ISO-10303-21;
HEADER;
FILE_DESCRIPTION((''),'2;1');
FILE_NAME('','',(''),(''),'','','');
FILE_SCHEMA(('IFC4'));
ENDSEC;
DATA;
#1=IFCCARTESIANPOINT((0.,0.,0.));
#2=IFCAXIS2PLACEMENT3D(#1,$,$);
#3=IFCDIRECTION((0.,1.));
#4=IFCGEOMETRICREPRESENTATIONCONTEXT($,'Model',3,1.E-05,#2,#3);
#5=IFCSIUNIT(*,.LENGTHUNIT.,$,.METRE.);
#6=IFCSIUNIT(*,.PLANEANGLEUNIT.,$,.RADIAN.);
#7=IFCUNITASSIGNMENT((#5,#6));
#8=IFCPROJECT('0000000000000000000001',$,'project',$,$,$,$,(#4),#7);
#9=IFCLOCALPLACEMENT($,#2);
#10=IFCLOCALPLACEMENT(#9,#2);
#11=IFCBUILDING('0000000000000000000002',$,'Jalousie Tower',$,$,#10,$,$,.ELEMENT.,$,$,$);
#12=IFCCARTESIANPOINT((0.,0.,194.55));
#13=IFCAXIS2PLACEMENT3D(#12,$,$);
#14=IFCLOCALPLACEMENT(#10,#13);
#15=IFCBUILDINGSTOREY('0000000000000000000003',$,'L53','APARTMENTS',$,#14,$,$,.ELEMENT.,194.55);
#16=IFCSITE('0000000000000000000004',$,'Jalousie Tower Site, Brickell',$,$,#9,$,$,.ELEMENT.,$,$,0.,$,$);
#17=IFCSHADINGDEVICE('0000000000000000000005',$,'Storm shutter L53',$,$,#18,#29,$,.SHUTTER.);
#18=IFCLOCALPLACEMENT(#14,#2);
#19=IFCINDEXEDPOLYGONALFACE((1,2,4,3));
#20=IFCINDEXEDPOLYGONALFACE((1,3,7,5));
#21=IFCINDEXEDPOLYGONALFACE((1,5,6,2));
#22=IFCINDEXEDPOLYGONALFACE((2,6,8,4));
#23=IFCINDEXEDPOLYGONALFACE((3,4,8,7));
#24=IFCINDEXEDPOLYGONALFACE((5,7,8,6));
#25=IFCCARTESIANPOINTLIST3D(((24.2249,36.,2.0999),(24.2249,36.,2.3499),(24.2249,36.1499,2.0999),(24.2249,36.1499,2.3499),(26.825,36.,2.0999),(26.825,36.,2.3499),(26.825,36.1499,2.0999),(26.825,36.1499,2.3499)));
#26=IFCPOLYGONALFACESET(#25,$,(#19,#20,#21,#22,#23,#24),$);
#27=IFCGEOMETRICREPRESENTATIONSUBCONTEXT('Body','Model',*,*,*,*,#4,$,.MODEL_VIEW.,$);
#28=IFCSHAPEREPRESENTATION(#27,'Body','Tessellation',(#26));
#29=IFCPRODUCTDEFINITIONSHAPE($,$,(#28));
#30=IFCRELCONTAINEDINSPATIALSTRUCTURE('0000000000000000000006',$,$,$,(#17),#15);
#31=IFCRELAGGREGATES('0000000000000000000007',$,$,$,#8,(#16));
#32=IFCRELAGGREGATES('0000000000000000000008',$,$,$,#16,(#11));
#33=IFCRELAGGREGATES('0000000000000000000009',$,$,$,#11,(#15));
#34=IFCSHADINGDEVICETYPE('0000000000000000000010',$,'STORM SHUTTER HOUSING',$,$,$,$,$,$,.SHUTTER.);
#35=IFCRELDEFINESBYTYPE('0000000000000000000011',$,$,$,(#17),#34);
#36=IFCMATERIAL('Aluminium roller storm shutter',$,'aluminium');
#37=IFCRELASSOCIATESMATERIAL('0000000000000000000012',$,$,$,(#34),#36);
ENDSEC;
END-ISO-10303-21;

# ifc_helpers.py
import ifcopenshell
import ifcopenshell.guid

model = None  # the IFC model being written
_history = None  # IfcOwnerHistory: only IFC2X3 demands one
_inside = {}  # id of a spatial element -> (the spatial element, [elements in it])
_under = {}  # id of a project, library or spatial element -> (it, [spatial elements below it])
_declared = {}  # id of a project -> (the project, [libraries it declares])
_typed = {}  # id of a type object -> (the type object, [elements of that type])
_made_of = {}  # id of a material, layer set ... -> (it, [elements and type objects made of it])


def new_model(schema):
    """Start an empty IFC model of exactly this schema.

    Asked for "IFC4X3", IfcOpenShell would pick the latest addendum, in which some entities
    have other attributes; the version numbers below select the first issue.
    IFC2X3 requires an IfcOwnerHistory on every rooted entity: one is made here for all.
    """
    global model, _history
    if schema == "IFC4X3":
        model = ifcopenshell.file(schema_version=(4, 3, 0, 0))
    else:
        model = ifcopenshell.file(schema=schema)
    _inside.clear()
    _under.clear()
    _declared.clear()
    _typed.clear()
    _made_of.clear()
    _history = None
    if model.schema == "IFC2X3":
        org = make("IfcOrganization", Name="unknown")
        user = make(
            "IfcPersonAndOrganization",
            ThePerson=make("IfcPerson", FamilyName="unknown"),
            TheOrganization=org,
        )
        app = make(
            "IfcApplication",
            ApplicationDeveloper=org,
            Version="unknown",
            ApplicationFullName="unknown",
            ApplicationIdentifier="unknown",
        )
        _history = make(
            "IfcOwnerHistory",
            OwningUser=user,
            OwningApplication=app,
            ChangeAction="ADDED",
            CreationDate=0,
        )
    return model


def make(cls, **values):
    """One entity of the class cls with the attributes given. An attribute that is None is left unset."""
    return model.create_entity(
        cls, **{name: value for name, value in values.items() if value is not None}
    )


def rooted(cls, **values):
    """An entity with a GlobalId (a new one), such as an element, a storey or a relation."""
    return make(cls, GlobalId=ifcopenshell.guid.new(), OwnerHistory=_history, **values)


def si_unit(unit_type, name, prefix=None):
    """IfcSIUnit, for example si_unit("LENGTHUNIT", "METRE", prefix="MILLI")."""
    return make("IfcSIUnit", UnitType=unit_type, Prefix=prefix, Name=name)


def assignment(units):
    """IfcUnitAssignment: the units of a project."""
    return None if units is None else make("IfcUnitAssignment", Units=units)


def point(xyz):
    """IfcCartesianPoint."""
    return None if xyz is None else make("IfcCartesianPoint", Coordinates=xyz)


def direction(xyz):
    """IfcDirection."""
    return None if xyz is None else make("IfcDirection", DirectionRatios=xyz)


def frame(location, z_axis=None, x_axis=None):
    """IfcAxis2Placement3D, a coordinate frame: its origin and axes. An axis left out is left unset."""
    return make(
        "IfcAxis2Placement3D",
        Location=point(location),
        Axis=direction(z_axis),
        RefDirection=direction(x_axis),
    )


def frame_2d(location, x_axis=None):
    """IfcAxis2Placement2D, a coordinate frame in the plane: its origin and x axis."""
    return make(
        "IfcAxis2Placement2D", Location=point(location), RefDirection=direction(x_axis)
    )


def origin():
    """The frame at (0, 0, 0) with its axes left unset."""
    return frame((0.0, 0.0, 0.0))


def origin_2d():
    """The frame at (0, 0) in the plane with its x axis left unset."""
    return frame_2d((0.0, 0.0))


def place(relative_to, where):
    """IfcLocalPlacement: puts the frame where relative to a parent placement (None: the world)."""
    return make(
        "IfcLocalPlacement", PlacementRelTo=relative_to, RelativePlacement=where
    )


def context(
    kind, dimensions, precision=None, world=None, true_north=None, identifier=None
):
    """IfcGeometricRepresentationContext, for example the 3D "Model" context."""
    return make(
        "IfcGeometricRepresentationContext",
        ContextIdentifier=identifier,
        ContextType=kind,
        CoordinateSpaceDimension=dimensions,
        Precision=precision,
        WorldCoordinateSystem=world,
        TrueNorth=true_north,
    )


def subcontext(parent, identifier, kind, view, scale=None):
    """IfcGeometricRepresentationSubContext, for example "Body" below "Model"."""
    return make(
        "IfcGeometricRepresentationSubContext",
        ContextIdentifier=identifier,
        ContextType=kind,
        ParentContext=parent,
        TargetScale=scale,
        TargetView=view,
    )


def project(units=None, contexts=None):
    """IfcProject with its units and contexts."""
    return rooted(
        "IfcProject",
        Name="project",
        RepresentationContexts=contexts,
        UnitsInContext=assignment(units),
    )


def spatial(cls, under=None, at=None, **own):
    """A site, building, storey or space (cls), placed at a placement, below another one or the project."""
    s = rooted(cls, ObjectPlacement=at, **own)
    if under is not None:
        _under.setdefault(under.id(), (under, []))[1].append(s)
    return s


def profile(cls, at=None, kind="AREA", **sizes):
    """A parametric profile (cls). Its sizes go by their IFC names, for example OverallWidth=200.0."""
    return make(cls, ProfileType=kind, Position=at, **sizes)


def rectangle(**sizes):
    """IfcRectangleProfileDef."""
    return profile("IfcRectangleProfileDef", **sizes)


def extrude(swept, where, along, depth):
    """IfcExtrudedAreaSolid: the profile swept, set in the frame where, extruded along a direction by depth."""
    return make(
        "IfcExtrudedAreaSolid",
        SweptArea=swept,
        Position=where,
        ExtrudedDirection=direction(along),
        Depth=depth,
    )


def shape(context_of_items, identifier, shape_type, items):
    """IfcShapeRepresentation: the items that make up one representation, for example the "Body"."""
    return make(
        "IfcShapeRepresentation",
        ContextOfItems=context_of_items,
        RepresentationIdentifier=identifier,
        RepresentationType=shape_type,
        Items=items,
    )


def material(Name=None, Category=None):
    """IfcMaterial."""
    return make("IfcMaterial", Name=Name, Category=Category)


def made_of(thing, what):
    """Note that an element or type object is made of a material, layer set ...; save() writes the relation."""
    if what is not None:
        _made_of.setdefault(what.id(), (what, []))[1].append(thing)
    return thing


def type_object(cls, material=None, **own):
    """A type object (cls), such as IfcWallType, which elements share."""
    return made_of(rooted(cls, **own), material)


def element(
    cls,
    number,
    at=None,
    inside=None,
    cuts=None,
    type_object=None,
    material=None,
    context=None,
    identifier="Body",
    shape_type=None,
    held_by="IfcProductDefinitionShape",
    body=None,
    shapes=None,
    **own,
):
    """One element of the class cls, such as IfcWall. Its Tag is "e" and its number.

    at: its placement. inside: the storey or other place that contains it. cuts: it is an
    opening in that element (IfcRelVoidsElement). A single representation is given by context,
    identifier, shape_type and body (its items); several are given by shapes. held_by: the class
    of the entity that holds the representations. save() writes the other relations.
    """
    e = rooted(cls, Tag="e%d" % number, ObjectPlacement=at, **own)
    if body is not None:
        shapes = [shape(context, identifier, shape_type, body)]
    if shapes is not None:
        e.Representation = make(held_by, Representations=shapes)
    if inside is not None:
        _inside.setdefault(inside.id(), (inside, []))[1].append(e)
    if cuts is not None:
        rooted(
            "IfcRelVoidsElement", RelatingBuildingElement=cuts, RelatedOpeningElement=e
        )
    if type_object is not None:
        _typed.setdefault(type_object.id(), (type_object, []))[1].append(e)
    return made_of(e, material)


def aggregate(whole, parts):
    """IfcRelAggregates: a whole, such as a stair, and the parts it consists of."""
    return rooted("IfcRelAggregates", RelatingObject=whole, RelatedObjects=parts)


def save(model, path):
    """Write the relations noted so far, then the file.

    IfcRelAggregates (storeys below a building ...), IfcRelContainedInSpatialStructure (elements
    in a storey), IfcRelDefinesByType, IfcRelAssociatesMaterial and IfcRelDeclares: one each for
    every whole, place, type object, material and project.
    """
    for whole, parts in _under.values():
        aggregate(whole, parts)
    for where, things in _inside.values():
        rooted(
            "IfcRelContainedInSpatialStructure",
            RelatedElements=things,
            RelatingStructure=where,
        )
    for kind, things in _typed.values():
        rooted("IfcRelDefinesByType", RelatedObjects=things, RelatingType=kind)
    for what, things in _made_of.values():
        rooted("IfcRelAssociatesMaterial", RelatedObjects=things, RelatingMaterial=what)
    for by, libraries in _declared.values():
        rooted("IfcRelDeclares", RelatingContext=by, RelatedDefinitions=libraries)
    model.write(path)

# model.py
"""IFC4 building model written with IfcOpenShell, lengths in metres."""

from ifc_helpers import new_model, si_unit, direction, frame, origin, origin_2d, place, context, subcontext, project, spatial, rectangle, extrude, material, type_object, element, save


model = new_model("IFC4")

# Units and contexts
model_context = context("Model", 3, precision=1e-05, world=origin(), true_north=direction((0.0, 1.0)))
body_context = subcontext(model_context, "Body", "Model", "MODEL_VIEW")
ifc_project = project(units=[si_unit("LENGTHUNIT", "METRE"), si_unit("PLANEANGLEUNIT", "RADIAN")], contexts=[model_context])

# Site, building, storey
site_placement = place(None, origin())
site = spatial("IfcSite", under=ifc_project, at=site_placement, Name="Jalousie Tower Site, Brickell", CompositionType="ELEMENT", RefElevation=0.0)
building_placement = place(site_placement, origin())
building = spatial("IfcBuilding", under=site, at=building_placement, Name="Jalousie Tower", CompositionType="ELEMENT")
storey_placement = place(building_placement, frame((0.0, 0.0, 194.55)))
storey = spatial("IfcBuildingStorey", under=building, at=storey_placement, Name="L53", Description="APARTMENTS", CompositionType="ELEMENT", Elevation=194.55)

# Shading device
ifc_material_1 = material(Name="Aluminium roller storm shutter", Category="aluminium")
shading_device_type = type_object("IfcShadingDeviceType", Name="STORM SHUTTER HOUSING", PredefinedType="SHUTTER", material=ifc_material_1)
shading_device_1_placement = place(storey_placement, frame((25.5249, 36.075, 2.0999), z_axis=(0.0, 0.0, 1.0), x_axis=(-1.0, 0.0, 0.0)))
element("IfcShadingDevice", 1, at=shading_device_1_placement, inside=storey, type_object=shading_device_type, Name="Storm shutter L53", PredefinedType="SHUTTER", context=body_context, shape_type="SweptSolid", body=[
    extrude(rectangle(XDim=2.6001, YDim=0.1499, at=origin_2d()), origin(), (0.0, 0.0, 1.0), 0.25),
])

save(model, "model.ifc")
